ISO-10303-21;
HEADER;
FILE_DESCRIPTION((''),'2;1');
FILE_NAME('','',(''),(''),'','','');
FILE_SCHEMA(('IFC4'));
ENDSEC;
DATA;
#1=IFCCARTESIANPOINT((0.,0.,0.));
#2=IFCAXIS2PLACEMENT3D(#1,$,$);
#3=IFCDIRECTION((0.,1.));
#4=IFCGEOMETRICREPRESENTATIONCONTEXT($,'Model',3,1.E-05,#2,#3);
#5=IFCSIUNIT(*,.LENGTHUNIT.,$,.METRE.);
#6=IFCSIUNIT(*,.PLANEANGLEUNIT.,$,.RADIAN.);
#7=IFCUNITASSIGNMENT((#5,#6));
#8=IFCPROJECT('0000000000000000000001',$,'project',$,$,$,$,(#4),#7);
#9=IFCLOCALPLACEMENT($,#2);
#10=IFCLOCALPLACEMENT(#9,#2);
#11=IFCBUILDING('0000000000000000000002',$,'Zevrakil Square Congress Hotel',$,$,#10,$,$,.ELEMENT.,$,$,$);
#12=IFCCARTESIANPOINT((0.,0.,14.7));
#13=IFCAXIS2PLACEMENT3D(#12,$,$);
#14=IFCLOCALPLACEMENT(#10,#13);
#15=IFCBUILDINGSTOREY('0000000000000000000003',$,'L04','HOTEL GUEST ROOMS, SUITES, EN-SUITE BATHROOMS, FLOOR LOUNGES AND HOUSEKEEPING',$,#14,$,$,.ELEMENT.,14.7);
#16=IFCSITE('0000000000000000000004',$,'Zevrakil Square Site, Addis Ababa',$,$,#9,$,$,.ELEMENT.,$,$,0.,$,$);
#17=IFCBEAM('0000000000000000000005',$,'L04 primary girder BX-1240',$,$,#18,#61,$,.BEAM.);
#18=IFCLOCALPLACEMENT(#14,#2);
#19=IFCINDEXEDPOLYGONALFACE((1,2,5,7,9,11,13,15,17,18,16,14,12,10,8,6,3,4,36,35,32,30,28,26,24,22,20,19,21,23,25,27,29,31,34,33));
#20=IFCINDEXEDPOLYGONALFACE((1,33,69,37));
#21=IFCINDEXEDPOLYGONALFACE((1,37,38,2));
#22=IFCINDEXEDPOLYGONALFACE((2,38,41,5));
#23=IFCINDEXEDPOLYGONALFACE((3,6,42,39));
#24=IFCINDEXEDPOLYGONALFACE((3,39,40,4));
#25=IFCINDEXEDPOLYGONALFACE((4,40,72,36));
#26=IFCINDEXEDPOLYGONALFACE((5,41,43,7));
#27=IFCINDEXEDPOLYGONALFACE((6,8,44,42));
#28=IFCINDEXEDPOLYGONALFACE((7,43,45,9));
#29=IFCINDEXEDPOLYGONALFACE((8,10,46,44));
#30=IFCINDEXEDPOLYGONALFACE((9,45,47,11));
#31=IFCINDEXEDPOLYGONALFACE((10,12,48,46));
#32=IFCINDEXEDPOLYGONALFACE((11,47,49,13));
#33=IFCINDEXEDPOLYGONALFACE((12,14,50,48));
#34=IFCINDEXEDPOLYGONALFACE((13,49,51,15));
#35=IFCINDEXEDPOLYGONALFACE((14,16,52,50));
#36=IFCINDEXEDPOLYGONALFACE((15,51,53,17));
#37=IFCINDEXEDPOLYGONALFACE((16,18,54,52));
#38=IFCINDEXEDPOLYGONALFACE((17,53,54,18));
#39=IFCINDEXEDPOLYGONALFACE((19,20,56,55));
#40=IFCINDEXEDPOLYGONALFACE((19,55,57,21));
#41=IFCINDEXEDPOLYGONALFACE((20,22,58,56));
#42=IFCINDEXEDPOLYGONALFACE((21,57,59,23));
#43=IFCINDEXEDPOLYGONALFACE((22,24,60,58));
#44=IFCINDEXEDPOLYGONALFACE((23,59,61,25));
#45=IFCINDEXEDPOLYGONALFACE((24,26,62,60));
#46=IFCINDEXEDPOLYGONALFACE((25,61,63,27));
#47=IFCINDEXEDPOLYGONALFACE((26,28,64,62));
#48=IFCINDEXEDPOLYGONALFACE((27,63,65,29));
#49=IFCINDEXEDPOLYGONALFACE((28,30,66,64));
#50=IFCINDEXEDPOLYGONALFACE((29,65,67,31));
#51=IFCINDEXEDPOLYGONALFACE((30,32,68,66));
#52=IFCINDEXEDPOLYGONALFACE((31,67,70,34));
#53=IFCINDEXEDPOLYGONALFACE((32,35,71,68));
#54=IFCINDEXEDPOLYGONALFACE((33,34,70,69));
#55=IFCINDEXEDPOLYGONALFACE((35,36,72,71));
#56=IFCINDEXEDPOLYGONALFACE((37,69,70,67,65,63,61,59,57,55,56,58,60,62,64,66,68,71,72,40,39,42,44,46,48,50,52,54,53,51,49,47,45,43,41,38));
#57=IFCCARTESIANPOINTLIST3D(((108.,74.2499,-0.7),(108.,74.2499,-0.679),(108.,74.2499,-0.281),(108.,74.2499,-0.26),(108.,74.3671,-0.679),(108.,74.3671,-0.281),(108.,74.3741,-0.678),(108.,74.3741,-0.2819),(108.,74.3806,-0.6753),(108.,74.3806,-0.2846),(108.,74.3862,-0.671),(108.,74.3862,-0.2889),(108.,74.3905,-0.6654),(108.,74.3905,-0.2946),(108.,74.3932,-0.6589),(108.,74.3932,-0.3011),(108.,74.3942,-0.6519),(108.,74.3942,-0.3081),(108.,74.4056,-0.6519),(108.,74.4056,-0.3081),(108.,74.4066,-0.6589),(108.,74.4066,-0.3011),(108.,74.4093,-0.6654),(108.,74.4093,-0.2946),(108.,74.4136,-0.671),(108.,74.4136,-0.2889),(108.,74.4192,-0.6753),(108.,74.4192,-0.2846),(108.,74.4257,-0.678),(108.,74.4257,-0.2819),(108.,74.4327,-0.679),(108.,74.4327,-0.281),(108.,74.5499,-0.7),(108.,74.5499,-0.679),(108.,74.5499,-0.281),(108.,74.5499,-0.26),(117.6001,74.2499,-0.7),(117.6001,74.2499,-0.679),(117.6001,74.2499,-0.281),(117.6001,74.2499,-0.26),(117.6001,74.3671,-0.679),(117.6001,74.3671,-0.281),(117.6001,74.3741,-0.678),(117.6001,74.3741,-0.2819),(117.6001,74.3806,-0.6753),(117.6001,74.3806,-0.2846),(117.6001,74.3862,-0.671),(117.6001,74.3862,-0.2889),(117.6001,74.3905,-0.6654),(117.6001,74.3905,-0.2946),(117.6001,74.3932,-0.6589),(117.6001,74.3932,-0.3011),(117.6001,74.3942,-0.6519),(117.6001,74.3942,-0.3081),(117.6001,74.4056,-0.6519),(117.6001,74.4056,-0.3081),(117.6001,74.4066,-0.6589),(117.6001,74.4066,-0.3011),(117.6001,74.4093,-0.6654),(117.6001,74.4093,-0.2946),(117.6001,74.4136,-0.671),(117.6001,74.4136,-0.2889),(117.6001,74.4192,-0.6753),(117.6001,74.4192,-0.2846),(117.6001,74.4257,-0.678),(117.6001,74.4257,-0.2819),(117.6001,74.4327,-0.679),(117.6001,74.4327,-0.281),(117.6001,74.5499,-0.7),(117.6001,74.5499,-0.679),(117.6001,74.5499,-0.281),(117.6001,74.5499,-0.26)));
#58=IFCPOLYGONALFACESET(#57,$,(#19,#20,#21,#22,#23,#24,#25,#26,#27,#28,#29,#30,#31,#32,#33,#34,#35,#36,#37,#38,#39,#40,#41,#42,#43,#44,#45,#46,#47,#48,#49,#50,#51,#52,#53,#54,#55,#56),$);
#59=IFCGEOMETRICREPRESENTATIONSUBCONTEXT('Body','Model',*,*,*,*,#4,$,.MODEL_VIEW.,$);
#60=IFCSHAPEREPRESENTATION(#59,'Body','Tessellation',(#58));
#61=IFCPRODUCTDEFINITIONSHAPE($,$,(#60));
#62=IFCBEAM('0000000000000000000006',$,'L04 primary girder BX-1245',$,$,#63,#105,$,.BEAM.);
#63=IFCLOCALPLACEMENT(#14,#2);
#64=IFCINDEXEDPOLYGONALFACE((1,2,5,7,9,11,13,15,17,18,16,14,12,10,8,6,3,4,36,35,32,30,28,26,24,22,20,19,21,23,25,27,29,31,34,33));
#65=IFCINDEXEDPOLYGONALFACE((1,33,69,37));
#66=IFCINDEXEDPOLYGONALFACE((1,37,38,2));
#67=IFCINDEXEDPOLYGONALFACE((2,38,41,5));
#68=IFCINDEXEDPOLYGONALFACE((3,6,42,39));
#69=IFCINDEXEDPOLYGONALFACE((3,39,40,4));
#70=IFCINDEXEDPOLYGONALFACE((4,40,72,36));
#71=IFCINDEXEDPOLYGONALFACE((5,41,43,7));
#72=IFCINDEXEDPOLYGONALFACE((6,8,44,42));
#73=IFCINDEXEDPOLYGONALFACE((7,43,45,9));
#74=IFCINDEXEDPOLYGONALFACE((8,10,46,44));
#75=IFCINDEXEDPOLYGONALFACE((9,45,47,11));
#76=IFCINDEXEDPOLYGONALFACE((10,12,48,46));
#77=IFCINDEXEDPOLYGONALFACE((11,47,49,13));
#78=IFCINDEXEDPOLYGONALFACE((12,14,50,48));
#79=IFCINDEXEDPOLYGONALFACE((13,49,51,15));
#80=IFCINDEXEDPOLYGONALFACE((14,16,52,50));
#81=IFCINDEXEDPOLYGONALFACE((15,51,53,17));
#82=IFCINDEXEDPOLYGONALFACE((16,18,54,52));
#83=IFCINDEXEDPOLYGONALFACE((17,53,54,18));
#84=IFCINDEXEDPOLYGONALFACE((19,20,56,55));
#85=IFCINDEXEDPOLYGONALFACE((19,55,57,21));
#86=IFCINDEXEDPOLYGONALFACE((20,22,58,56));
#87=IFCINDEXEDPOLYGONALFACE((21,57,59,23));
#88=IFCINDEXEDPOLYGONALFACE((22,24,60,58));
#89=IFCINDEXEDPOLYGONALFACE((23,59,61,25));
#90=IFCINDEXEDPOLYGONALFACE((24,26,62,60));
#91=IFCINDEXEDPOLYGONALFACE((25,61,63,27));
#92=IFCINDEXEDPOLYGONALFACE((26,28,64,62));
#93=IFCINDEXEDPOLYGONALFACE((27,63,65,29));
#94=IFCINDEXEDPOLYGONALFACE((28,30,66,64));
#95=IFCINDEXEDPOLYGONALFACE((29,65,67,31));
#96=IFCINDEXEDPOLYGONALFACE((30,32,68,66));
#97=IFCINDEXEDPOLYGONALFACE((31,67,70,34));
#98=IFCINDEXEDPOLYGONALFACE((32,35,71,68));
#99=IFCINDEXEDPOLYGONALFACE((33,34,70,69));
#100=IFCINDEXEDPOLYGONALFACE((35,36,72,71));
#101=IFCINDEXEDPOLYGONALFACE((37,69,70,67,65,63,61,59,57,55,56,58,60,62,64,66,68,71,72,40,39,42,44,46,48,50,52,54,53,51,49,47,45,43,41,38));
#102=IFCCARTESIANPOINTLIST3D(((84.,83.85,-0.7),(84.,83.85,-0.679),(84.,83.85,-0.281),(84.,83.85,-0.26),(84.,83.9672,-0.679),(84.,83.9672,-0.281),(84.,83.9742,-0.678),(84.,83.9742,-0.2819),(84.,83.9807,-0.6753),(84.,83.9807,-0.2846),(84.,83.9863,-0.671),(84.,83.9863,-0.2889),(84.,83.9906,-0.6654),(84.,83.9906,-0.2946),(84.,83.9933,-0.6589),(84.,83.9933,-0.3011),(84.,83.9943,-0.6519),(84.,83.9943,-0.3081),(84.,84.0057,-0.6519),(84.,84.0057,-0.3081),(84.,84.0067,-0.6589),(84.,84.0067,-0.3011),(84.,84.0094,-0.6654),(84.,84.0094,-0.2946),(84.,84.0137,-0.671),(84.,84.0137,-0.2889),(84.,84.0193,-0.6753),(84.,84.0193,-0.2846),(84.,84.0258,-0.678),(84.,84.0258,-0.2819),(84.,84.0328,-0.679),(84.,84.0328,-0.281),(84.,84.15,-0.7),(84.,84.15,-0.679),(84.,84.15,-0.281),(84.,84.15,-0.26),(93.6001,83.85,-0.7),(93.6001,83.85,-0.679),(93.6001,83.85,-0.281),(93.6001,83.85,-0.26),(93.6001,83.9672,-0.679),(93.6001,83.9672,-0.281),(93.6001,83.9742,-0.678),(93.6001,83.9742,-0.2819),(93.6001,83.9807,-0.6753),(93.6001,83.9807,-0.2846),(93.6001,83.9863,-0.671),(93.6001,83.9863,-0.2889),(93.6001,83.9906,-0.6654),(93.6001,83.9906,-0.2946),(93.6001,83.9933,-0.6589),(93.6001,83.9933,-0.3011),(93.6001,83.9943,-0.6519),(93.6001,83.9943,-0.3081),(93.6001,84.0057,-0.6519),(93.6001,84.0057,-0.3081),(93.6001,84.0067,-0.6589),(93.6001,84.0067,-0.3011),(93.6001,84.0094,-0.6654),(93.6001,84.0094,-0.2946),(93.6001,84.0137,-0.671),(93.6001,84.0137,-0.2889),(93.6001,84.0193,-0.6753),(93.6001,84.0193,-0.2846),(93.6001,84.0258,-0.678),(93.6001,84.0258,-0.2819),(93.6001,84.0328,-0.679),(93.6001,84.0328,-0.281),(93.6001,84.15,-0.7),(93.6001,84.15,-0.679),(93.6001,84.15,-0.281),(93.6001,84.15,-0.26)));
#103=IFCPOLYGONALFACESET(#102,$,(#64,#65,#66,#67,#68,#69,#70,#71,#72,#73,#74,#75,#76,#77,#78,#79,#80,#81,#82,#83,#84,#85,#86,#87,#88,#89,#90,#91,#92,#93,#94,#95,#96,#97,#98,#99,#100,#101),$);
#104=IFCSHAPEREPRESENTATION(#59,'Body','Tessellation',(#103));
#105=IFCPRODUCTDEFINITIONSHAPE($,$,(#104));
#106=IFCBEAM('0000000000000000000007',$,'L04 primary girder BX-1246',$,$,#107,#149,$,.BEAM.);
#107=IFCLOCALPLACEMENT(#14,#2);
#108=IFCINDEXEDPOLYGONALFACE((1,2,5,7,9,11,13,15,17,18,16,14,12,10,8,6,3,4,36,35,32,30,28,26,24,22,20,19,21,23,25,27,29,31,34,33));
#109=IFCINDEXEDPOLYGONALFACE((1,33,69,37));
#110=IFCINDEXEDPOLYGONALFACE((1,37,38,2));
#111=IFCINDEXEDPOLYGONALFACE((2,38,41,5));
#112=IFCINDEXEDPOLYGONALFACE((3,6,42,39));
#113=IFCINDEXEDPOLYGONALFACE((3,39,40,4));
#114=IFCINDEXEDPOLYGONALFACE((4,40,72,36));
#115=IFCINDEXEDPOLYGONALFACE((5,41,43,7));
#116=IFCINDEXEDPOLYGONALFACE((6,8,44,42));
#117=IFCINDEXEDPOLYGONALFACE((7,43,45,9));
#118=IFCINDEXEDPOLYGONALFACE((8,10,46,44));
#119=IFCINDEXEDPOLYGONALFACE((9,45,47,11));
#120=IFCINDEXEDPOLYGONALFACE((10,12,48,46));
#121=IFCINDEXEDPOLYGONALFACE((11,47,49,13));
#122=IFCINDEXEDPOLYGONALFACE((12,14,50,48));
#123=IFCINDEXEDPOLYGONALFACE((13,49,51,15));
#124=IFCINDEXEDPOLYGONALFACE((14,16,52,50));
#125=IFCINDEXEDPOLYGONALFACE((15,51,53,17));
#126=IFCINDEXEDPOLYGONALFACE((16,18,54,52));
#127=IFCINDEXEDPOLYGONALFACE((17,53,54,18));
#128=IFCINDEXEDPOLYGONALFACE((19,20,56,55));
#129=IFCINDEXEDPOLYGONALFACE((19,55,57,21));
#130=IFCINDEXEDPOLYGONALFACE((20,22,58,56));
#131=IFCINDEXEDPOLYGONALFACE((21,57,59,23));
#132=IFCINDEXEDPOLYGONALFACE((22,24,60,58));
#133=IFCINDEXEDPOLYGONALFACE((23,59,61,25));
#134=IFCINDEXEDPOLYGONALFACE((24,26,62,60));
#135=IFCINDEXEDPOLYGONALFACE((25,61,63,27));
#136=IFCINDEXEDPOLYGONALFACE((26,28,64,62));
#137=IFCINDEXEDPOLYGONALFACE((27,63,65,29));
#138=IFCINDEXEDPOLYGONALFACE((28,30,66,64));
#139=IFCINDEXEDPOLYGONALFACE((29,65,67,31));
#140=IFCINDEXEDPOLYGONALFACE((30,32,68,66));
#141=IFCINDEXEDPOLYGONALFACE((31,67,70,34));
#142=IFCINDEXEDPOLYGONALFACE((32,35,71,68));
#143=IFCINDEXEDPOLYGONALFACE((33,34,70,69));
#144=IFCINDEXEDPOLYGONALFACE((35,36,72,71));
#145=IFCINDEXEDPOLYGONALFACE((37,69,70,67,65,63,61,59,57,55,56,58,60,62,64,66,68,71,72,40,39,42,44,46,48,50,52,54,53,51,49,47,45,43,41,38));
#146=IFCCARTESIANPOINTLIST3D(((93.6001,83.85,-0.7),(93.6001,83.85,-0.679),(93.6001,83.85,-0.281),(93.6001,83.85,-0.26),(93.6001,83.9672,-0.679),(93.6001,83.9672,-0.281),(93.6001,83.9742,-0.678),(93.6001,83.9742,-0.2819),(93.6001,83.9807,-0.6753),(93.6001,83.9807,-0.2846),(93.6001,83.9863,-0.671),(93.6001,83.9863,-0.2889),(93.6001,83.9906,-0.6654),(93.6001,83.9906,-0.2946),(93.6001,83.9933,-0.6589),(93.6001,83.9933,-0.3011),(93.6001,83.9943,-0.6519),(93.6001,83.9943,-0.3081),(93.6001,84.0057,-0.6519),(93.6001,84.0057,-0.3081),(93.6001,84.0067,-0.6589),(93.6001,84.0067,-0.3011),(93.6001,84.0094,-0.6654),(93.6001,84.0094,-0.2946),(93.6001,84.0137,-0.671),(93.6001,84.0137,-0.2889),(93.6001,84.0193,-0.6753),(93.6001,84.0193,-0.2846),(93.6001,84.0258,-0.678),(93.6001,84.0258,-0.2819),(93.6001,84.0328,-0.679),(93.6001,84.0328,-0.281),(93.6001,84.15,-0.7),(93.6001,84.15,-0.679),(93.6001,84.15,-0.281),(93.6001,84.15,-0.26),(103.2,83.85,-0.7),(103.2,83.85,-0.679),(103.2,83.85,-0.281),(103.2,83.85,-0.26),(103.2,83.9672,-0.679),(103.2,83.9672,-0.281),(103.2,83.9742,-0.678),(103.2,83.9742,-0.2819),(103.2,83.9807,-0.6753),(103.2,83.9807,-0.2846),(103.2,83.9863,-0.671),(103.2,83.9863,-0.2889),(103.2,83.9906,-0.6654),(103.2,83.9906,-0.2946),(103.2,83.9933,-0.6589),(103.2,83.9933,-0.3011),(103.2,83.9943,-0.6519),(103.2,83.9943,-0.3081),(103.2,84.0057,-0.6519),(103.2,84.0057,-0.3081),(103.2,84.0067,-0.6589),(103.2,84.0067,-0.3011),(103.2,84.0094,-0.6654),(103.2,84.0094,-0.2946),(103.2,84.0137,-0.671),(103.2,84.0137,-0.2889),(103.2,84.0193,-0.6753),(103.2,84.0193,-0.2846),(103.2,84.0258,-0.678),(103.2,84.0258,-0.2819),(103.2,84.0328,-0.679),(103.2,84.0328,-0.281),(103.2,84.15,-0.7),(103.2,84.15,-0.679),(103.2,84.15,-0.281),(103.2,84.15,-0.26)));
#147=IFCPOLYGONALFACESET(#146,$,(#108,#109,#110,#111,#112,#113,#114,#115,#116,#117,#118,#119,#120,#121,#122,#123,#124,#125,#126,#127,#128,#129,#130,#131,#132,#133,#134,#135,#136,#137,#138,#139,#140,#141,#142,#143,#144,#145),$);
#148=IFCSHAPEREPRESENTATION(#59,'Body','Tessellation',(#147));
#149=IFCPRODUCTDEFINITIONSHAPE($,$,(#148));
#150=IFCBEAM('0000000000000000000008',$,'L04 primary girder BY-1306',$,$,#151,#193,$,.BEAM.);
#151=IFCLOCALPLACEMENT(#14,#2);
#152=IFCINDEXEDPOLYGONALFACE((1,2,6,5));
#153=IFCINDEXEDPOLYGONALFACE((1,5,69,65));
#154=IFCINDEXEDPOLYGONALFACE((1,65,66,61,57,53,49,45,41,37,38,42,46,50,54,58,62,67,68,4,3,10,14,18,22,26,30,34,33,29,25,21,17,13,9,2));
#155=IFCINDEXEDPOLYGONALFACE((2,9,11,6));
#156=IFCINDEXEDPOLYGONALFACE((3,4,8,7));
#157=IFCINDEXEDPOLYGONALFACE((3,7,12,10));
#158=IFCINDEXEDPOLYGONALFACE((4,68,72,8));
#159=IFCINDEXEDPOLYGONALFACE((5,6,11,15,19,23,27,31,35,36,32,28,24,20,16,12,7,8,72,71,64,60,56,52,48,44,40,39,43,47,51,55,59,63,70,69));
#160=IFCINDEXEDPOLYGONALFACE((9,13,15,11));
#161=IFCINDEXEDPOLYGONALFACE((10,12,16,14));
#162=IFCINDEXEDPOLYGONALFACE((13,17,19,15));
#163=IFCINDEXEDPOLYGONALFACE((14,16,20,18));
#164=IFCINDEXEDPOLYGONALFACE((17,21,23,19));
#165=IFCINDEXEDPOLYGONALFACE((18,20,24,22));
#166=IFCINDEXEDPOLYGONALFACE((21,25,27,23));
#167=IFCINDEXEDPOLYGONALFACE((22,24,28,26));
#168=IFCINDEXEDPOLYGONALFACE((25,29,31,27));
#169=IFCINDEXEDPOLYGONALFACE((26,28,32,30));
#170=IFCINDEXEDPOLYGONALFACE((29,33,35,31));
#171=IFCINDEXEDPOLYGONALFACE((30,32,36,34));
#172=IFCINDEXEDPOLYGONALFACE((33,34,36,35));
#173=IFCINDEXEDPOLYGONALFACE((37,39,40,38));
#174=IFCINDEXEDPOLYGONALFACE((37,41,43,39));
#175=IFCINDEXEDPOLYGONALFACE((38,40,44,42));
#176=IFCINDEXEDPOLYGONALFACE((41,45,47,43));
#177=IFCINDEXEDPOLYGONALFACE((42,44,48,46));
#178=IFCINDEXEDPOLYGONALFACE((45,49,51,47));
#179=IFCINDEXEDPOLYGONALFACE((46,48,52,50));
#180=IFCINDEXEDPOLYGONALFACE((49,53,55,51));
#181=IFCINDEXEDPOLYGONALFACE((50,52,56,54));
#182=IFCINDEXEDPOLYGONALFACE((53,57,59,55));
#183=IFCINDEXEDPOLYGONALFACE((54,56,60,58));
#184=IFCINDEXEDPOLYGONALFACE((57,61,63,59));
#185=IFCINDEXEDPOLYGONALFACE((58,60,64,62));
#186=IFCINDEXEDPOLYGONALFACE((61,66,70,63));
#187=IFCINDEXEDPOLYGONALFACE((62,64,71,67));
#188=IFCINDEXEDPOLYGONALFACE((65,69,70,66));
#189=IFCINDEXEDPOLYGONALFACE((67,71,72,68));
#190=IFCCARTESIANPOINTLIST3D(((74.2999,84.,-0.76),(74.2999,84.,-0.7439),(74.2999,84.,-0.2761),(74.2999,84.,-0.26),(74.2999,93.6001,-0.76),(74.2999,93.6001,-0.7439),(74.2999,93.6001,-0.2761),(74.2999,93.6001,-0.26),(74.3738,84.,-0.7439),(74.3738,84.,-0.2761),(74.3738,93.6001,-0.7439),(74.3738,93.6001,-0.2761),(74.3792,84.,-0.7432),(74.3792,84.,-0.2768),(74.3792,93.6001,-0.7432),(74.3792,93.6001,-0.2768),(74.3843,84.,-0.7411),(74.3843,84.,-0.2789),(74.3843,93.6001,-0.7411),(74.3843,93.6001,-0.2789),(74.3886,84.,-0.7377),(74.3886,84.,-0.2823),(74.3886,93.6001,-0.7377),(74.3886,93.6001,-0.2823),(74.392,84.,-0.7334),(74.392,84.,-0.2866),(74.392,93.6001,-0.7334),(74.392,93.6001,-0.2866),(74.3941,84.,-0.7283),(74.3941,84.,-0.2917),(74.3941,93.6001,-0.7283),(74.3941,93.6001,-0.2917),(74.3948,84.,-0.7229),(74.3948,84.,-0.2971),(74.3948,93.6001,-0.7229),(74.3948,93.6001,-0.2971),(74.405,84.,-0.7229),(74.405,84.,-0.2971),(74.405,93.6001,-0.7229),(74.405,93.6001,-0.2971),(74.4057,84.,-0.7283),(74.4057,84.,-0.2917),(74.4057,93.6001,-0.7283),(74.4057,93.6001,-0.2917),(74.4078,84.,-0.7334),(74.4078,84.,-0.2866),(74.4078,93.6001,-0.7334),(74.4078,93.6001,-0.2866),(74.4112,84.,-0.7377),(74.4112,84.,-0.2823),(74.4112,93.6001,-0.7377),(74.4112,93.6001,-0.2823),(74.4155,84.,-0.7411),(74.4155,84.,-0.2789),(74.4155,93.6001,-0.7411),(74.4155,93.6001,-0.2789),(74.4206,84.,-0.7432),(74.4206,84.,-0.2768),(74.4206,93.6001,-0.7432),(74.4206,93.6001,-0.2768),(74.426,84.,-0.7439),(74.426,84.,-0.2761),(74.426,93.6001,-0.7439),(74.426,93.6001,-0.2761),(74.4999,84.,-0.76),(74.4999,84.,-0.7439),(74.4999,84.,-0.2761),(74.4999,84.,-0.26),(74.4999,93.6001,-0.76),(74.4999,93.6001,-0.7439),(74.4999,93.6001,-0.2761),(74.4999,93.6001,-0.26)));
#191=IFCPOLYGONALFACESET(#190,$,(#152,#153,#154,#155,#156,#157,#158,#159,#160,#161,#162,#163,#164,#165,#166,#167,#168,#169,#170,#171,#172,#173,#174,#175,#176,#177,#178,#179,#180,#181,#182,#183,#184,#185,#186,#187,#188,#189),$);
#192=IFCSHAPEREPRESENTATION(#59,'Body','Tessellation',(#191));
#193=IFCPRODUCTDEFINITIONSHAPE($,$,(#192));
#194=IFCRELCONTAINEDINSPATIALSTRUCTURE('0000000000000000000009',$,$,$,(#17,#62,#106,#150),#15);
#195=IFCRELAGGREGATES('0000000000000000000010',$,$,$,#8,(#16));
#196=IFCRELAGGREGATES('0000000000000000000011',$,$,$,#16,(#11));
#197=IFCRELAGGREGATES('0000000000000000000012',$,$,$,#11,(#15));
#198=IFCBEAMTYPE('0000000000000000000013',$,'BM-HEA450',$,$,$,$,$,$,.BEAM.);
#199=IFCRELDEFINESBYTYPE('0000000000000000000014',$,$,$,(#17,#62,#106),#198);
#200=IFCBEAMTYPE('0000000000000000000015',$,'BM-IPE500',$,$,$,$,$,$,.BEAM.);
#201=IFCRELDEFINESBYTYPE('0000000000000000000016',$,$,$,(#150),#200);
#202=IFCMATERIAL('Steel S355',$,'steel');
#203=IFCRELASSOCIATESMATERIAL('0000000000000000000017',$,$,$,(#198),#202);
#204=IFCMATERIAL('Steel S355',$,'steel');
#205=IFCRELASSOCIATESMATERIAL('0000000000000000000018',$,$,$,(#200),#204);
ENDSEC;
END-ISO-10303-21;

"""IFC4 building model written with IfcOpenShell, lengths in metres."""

from ifc_helpers import new_model, si_unit, direction, frame, origin, origin_2d, place, context, subcontext, project, spatial, i_section, extrude, material, material_profile, profile_set, type_object, element, save


model = new_model("IFC4")

# Units and contexts
model_context = context("Model", 3, precision=1e-05, world=origin(), true_north=direction((0.0, 1.0)))
body_context = subcontext(model_context, "Body", "Model", "MODEL_VIEW")
ifc_project = project(units=[si_unit("LENGTHUNIT", "METRE"), si_unit("PLANEANGLEUNIT", "RADIAN")], contexts=[model_context])

# Site, building, storey
site_placement = place(None, origin())
site = spatial("IfcSite", under=ifc_project, at=site_placement, Name="Zevrakil Square Site, Addis Ababa", CompositionType="ELEMENT", RefElevation=0.0)
building_placement = place(site_placement, origin())
building = spatial("IfcBuilding", under=site, at=building_placement, Name="Zevrakil Square Congress Hotel", CompositionType="ELEMENT")
storey_placement = place(building_placement, frame((0.0, 0.0, 14.7)))
storey = spatial("IfcBuildingStorey", under=building, at=storey_placement, Name="L04", Description="HOTEL GUEST ROOMS, SUITES, EN-SUITE BATHROOMS, FLOOR LOUNGES AND HOUSEKEEPING", CompositionType="ELEMENT", Elevation=14.7)

# Beams
ifc_material_1 = material(Name="Steel S355", Category="steel")
ifc_material_profile_1 = material_profile(ifc_material_1, i_section(OverallWidth=0.3, OverallDepth=0.4399, WebThickness=0.0115, FlangeThickness=0.021, FilletRadius=0.0271, at=origin_2d()), Name="HEA 450")
ifc_profile_set_1 = profile_set([ifc_material_profile_1], Name="Steel S355")
beam_type_1 = type_object("IfcBeamType", Name="BM-HEA450", PredefinedType="BEAM", material=ifc_profile_set_1)
for number, where, z_axis, x_axis, name in (
    (1, (108.0, 74.3999, -0.48), (1.0, 0.0, 0.0), (0.0, 1.0, 0.0), "L04 primary girder BX-1240"),
    (2, (84.0, 84.0, -0.48), (1.0, 0.0, 0.0), (0.0, 1.0, 0.0), "L04 primary girder BX-1245"),
):
    element("IfcBeam", number, at=place(storey_placement, frame(where, z_axis=z_axis, x_axis=x_axis)), inside=storey, type_object=beam_type_1, Name=name, PredefinedType="BEAM", context=body_context, shape_type="SweptSolid", body=[
        extrude(i_section(OverallWidth=0.3, OverallDepth=0.4399, WebThickness=0.0115, FlangeThickness=0.021, FilletRadius=0.0271, at=origin_2d()), origin(), (0.0, 0.0, 1.0), 9.6001),
    ])
beam_1_placement = place(storey_placement, frame((93.6001, 84.0, -0.48), z_axis=(1.0, 0.0, 0.0), x_axis=(0.0, 1.0, 0.0)))
element("IfcBeam", 3, at=beam_1_placement, inside=storey, type_object=beam_type_1, Name="L04 primary girder BX-1246", PredefinedType="BEAM", context=body_context, shape_type="SweptSolid", body=[
    extrude(i_section(OverallWidth=0.3, OverallDepth=0.4399, WebThickness=0.0115, FlangeThickness=0.021, FilletRadius=0.0271, at=origin_2d()), origin(), (0.0, 0.0, 1.0), 9.5999),
])
ifc_material_2 = material(Name="Steel S355", Category="steel")
ifc_material_profile_2 = material_profile(ifc_material_2, i_section(OverallWidth=0.2, OverallDepth=0.5, WebThickness=0.0103, FlangeThickness=0.0161, FilletRadius=0.021, at=origin_2d()), Name="IPE 500")
ifc_profile_set_2 = profile_set([ifc_material_profile_2], Name="Steel S355")
beam_type_2 = type_object("IfcBeamType", Name="BM-IPE500", PredefinedType="BEAM", material=ifc_profile_set_2)
for number, where, z_axis, x_axis, name in (
    (4, (74.3999, 84.0, -0.51), (0.0, 1.0, 0.0), (-1.0, 0.0, 0.0), "L04 primary girder BY-1306"),
):
    element("IfcBeam", number, at=place(storey_placement, frame(where, z_axis=z_axis, x_axis=x_axis)), inside=storey, type_object=beam_type_2, Name=name, PredefinedType="BEAM", context=body_context, shape_type="SweptSolid", body=[
        extrude(i_section(OverallWidth=0.2, OverallDepth=0.5, WebThickness=0.0103, FlangeThickness=0.0161, FilletRadius=0.021, at=origin_2d()), origin(), (0.0, 0.0, 1.0), 9.6001),
    ])

save(model, "model.ifc")
